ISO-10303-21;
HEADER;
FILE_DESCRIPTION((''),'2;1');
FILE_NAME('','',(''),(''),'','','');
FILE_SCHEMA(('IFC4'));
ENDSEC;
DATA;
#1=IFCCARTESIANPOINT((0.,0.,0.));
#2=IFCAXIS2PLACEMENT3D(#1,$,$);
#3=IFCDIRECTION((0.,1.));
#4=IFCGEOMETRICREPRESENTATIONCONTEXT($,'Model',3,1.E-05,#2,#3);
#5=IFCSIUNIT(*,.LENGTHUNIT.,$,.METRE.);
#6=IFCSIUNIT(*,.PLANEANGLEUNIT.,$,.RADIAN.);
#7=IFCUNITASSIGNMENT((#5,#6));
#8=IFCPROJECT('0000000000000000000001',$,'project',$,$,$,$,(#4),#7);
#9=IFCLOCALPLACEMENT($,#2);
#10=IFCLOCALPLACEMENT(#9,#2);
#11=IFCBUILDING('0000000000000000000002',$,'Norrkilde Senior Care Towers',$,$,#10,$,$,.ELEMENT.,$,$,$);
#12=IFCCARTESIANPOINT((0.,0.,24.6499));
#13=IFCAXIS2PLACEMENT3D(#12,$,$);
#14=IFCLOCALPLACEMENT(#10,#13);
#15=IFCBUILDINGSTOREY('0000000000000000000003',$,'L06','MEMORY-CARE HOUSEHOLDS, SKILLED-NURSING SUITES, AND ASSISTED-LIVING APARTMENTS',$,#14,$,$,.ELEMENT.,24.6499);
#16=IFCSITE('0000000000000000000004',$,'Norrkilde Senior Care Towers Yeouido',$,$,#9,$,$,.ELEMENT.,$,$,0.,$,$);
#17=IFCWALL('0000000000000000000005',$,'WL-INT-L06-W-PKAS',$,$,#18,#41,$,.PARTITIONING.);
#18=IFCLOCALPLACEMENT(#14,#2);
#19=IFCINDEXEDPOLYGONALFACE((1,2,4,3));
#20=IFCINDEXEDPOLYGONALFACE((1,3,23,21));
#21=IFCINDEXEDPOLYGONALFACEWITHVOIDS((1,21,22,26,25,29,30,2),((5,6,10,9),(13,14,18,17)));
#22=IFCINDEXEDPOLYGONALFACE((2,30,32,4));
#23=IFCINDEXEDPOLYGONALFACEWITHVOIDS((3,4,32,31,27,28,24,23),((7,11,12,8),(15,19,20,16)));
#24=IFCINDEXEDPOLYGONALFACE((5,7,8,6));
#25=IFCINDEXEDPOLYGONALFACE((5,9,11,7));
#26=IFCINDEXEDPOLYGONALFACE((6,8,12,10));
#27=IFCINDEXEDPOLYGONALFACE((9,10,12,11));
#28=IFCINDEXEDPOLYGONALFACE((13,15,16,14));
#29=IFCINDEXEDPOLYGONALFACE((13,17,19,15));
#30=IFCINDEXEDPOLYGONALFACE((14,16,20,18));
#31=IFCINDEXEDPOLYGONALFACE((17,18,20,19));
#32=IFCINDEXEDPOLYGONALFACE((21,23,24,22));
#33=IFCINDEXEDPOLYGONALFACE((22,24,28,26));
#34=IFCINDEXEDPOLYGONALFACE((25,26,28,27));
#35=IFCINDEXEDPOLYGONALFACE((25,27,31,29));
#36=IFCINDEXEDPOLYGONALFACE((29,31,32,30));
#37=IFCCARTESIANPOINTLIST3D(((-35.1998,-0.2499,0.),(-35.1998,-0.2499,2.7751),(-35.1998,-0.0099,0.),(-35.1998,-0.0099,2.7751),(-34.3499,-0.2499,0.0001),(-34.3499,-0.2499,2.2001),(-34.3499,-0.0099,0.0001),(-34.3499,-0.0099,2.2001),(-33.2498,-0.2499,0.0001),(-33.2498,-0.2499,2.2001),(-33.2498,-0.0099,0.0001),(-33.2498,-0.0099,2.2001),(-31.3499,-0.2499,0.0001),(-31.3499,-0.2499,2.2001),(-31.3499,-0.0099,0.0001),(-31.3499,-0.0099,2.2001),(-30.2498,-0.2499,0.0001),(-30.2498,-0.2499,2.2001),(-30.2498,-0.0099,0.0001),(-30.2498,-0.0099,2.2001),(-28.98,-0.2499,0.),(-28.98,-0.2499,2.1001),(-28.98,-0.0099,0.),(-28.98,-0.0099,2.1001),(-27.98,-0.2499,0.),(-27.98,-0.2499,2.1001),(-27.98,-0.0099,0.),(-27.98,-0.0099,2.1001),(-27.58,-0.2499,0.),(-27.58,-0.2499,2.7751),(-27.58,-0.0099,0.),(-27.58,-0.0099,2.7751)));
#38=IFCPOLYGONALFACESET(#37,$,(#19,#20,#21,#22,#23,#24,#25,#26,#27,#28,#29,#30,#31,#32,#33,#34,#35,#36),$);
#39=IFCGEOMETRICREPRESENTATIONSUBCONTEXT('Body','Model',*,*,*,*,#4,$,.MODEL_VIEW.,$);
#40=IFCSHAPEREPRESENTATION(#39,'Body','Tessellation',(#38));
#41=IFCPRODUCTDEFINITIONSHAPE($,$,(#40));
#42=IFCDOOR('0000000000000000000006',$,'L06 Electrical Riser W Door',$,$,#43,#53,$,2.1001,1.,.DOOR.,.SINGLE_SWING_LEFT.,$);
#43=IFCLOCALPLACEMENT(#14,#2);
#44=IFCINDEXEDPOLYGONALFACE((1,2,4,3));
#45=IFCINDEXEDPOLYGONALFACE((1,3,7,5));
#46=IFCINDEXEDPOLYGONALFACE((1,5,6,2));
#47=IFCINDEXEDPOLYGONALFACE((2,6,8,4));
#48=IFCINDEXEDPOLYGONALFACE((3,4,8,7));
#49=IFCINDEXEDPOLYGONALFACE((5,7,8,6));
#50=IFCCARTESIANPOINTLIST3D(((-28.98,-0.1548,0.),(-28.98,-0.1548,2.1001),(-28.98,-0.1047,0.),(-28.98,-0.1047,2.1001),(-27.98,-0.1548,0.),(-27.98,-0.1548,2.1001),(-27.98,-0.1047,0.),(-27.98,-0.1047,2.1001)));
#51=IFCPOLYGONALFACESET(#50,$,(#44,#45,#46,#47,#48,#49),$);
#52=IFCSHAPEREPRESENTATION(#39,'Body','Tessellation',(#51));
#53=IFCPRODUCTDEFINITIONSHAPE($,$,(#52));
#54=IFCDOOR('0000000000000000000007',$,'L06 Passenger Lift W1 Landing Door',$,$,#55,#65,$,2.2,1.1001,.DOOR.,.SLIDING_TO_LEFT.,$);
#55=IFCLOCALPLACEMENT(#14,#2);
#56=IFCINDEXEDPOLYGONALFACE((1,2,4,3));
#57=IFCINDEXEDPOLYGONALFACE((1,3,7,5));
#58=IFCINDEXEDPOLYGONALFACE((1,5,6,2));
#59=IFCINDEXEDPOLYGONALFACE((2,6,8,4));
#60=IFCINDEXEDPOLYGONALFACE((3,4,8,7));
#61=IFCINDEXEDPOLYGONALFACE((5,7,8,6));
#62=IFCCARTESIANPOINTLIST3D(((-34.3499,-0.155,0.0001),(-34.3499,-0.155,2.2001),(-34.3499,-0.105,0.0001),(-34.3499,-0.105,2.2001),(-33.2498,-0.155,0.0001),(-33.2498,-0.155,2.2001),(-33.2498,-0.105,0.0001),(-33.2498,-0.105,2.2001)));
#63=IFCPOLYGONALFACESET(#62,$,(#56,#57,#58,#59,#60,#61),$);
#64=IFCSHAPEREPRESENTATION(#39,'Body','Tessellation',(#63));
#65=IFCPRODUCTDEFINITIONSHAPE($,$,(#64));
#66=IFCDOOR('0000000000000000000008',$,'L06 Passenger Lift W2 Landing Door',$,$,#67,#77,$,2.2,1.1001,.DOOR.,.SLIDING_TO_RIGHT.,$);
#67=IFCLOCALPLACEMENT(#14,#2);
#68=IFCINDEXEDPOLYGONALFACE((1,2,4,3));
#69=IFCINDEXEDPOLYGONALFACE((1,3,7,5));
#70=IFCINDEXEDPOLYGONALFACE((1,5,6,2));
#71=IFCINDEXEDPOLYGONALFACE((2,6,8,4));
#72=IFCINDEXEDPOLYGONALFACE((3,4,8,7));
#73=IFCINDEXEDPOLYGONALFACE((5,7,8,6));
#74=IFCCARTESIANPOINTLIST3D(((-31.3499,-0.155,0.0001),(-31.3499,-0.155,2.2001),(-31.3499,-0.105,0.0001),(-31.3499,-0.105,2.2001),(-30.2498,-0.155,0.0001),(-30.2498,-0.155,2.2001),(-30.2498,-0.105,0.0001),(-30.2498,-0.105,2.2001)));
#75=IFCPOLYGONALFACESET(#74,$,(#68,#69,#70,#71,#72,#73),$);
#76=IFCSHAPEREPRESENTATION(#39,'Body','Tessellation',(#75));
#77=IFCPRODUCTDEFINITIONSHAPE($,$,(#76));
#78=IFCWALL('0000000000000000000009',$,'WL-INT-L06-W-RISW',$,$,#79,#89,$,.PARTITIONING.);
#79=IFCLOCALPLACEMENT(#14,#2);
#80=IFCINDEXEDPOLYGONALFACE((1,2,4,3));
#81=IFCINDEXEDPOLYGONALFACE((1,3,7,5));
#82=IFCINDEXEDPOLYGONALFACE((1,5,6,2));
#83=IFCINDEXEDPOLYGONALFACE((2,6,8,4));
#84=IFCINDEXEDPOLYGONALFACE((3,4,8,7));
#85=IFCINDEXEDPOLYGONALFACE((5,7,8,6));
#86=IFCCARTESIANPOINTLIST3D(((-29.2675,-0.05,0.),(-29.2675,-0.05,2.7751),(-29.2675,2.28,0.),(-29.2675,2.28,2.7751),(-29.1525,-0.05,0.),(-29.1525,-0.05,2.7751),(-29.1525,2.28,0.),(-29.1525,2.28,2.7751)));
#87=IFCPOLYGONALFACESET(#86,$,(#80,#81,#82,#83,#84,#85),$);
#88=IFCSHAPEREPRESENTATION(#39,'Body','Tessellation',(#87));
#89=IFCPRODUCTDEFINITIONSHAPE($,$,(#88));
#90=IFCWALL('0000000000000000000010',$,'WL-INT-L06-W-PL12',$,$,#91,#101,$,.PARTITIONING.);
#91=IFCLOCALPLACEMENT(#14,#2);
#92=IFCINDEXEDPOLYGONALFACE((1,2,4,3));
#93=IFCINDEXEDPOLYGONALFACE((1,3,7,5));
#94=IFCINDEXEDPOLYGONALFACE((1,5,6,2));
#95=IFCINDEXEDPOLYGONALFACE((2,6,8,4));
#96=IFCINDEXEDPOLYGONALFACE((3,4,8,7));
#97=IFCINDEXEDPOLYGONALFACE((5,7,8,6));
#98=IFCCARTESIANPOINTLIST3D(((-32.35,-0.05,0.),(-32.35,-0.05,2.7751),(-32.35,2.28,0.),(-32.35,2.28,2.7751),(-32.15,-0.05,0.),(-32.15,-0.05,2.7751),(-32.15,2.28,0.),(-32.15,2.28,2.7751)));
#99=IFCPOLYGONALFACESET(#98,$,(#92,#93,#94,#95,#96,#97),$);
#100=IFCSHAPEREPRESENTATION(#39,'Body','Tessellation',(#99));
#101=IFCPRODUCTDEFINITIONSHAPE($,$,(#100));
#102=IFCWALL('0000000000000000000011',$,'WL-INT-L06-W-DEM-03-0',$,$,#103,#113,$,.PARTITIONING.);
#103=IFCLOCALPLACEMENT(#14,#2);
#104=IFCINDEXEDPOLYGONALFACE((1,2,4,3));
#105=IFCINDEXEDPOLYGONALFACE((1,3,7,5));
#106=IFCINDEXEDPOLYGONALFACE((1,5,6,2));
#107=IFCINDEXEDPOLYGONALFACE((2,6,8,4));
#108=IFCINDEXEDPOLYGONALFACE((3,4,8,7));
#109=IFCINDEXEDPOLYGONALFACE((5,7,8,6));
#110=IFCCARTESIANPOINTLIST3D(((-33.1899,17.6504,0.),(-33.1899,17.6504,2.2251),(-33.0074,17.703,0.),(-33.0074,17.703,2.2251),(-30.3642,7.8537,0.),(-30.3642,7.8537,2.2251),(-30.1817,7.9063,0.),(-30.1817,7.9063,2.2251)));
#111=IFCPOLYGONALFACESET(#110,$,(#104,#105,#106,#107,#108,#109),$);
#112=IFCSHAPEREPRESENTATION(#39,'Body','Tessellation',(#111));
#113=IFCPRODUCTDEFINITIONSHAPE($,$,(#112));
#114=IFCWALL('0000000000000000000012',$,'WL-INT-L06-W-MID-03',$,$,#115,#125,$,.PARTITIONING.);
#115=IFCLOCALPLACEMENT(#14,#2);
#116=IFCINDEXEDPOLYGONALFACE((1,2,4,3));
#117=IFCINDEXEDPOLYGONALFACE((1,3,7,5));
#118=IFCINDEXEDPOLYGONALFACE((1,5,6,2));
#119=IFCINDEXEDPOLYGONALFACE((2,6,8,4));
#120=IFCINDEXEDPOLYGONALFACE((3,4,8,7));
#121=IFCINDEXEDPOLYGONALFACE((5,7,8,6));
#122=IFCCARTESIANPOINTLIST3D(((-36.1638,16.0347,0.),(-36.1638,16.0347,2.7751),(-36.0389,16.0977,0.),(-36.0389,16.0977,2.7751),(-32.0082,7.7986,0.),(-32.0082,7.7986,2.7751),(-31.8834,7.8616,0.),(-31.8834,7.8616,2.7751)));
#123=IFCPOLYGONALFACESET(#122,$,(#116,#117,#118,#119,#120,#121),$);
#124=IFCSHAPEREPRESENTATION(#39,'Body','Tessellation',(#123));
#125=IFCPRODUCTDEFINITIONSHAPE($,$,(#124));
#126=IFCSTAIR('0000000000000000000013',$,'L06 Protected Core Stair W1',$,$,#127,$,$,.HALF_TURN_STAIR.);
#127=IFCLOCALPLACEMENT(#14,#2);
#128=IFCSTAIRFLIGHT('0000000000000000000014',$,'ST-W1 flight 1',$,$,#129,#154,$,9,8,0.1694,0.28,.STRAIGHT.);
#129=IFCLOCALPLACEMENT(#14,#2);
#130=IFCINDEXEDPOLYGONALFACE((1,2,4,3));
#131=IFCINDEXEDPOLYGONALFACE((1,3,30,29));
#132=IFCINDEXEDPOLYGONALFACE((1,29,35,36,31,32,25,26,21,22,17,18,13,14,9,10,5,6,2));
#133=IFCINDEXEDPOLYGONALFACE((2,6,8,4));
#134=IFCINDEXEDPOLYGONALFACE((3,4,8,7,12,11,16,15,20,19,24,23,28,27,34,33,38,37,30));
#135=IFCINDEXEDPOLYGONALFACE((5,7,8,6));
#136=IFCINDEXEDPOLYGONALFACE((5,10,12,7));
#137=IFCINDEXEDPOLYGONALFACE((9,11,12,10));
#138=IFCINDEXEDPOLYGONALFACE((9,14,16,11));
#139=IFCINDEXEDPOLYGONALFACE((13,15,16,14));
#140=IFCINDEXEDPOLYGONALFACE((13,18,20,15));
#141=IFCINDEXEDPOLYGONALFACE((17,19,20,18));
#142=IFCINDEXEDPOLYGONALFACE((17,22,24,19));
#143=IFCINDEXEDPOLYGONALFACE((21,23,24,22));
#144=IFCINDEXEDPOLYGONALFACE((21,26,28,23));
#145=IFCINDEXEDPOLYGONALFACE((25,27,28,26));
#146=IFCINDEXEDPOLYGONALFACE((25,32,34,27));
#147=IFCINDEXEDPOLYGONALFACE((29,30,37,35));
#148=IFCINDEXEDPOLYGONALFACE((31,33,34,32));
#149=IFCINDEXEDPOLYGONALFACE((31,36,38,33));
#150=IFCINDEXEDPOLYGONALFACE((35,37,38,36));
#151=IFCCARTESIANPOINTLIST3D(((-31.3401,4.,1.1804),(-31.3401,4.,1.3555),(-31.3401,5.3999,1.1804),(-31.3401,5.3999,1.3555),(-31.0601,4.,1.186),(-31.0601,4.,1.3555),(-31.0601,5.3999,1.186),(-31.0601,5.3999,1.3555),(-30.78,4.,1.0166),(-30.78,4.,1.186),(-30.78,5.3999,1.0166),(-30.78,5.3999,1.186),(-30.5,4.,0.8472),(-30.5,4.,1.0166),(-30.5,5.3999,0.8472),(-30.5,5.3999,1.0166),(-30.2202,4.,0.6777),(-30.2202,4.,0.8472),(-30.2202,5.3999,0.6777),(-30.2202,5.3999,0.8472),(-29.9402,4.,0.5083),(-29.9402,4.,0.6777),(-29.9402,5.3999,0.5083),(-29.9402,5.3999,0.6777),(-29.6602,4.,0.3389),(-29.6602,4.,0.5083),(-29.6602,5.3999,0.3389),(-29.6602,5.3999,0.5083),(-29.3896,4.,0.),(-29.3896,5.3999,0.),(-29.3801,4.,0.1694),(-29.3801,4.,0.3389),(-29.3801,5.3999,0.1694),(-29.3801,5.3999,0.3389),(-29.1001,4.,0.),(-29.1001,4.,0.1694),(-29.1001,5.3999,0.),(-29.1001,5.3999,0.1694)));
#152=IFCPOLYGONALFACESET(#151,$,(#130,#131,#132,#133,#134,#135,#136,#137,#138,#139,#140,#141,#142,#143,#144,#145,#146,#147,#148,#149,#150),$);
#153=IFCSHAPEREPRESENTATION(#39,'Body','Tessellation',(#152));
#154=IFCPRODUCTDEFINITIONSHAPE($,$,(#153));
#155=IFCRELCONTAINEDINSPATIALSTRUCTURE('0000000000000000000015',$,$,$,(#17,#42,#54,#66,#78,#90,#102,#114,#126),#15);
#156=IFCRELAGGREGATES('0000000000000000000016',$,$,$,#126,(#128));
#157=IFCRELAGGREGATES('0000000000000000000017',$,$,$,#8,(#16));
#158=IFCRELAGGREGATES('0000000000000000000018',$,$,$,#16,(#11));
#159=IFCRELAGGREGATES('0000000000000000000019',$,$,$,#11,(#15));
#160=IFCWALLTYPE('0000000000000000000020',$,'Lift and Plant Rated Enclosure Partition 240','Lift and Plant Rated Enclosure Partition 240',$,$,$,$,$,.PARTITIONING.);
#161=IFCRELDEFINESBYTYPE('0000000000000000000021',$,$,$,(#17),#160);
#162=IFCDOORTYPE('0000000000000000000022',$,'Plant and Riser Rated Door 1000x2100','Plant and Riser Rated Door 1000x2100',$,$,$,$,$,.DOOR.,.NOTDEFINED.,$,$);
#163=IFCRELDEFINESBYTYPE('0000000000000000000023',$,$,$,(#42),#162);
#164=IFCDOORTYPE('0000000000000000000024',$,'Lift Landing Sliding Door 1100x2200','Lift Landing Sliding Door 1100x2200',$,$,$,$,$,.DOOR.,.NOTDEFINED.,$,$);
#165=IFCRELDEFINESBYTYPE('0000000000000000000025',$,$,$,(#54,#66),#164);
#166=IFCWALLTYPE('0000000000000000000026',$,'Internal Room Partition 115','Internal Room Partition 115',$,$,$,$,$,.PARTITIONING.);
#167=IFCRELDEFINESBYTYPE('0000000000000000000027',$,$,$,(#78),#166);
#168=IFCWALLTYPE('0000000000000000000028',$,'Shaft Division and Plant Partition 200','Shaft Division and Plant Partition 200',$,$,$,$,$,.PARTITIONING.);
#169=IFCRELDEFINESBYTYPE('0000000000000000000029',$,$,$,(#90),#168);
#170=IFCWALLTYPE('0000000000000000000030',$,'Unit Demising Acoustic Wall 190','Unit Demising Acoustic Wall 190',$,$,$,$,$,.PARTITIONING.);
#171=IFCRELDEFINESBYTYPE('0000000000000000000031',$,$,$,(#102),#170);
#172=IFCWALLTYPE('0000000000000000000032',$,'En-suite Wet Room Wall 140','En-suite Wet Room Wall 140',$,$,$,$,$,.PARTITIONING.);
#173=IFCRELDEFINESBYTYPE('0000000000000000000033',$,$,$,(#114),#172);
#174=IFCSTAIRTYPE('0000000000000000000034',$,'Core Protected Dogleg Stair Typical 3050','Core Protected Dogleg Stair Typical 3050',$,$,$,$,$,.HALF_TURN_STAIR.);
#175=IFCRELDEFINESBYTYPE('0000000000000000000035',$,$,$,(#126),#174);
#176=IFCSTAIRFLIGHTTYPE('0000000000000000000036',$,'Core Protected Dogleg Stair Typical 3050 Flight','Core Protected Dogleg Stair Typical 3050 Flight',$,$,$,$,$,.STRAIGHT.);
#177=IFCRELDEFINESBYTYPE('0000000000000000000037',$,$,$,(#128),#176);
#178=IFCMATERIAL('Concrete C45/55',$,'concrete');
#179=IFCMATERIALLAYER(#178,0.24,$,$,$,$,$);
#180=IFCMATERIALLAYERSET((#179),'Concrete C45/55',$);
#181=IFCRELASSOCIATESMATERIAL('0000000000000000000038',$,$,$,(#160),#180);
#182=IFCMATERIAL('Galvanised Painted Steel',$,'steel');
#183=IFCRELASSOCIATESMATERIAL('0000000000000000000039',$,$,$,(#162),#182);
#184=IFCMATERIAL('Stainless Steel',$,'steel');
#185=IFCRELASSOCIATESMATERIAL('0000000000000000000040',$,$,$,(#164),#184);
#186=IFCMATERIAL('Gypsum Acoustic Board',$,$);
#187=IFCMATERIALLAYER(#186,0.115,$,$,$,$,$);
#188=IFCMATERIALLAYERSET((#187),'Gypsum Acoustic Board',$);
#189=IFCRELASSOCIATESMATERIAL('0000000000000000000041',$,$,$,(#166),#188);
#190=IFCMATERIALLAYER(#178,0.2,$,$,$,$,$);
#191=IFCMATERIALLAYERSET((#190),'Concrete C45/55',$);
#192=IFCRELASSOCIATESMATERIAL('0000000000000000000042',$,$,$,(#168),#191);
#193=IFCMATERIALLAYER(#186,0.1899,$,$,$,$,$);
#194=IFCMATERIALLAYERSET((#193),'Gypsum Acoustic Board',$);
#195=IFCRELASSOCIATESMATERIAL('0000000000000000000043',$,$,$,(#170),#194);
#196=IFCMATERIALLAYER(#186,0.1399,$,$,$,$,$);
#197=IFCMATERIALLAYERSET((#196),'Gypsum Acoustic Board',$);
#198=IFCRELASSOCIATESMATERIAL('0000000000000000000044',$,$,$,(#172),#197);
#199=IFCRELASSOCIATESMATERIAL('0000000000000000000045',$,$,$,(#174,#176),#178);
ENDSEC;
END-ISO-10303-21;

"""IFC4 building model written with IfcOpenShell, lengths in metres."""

from ifc_helpers import new_model, si_unit, direction, frame, frame_2d, origin, place, context, subcontext, project, spatial, polyline, rectangle, outline, extrude, source, transform, mapped, material, layer, layer_set, type_object, type_shapes, element, fill, aggregate, save


model = new_model("IFC4")

# Units and contexts
model_context = context("Model", 3, precision=1e-05, world=origin(), true_north=direction((0.0, 1.0)))
body_context = subcontext(model_context, "Body", "Model", "MODEL_VIEW")
ifc_project = project(units=[si_unit("LENGTHUNIT", "METRE"), si_unit("PLANEANGLEUNIT", "RADIAN")], contexts=[model_context])

# Site, building, storey
site_placement = place(None, origin())
site = spatial("IfcSite", under=ifc_project, at=site_placement, Name="Norrkilde Senior Care Towers Yeouido", CompositionType="ELEMENT", RefElevation=0.0)
building_placement = place(site_placement, origin())
building = spatial("IfcBuilding", under=site, at=building_placement, Name="Norrkilde Senior Care Towers", CompositionType="ELEMENT")
storey_placement = place(building_placement, frame((0.0, 0.0, 24.6499)))
storey = spatial("IfcBuildingStorey", under=building, at=storey_placement, Name="L06", Description="MEMORY-CARE HOUSEHOLDS, SKILLED-NURSING SUITES, AND ASSISTED-LIVING APARTMENTS", CompositionType="ELEMENT", Elevation=24.6499)

# Shared definitions
ifc_material_1 = material(Name="Concrete C45/55", Category="concrete")

# Wall, openings, doors
ifc_layer_1 = layer(ifc_material_1, 0.24)
ifc_layer_set_1 = layer_set([ifc_layer_1], Name="Concrete C45/55")
wall_type_1 = type_object("IfcWallType", Name="Lift and Plant Rated Enclosure Partition 240", Description="Lift and Plant Rated Enclosure Partition 240", PredefinedType="PARTITIONING", material=ifc_layer_set_1)
shared_shape_1 = source(origin(), body_context, "Body", "SweptSolid", [
    extrude(rectangle(XDim=7.6199, YDim=0.24, at=frame_2d((3.8101, 0.0))), origin(), (0.0, 0.0, 1.0), 2.7751),
])
type_shapes(wall_type_1, [shared_shape_1])
wall_1_placement = place(storey_placement, frame((-35.2, -0.1299, 0.0), z_axis=(0.0, 0.0, 1.0), x_axis=(1.0, 0.0, 0.0)))
wall_1 = element("IfcWall", 1, at=wall_1_placement, inside=storey, type_object=wall_type_1, Name="WL-INT-L06-W-PKAS", PredefinedType="PARTITIONING", context=body_context, shape_type="MappedRepresentation", body=[
    mapped(shared_shape_1, transform((0.0, 0.0, 0.0), x_axis=(1.0, 0.0, 0.0), y_axis=(0.0, 1.0, 0.0), z_axis=(0.0, 0.0, 1.0), scale=1.0)),
])
opening_1_placement = place(wall_1_placement, frame((6.22, 0.0, 0.0)))
opening_1 = element("IfcOpeningElement", 2, at=opening_1_placement, cuts=wall_1, PredefinedType="OPENING", context=body_context, shape_type="SweptSolid", body=[
    extrude(rectangle(XDim=1.0, YDim=2.1001, at=frame_2d((0.5, 1.05))), frame((0.0, 0.1299, 0.0), z_axis=(0.0, -1.0, 0.0), x_axis=(1.0, 0.0, 0.0)), (0.0, 0.0, 1.0), 0.26),
])
opening_2_placement = place(wall_1_placement, frame((0.8501, 0.0, 0.0)))
opening_2 = element("IfcOpeningElement", 3, at=opening_2_placement, cuts=wall_1, PredefinedType="OPENING", context=body_context, shape_type="SweptSolid", body=[
    extrude(rectangle(XDim=1.1001, YDim=2.2, at=frame_2d((0.55, 1.1001))), frame((0.0, 0.1299, 0.0), z_axis=(0.0, -1.0, 0.0), x_axis=(1.0, 0.0, 0.0)), (0.0, 0.0, 1.0), 0.26),
])
opening_3_placement = place(wall_1_placement, frame((3.8501, 0.0, 0.0)))
opening_3 = element("IfcOpeningElement", 4, at=opening_3_placement, cuts=wall_1, PredefinedType="OPENING", context=body_context, shape_type="SweptSolid", body=[
    extrude(rectangle(XDim=1.1001, YDim=2.2, at=frame_2d((0.55, 1.1001))), frame((0.0, 0.1299, 0.0), z_axis=(0.0, -1.0, 0.0), x_axis=(1.0, 0.0, 0.0)), (0.0, 0.0, 1.0), 0.26),
])
ifc_material_2 = material(Name="Galvanised Painted Steel", Category="steel")
door_type_1 = type_object("IfcDoorType", Name="Plant and Riser Rated Door 1000x2100", Description="Plant and Riser Rated Door 1000x2100", OperationType="NOTDEFINED", PredefinedType="DOOR", material=ifc_material_2)
shared_shape_2 = source(origin(), body_context, "Body", "SweptSolid", [
    extrude(rectangle(XDim=1.0, YDim=2.1001, at=frame_2d((0.5, 1.05))), frame((0.0, 0.0249, 0.0), z_axis=(0.0, -1.0, 0.0), x_axis=(1.0, 0.0, 0.0)), (0.0, 0.0, 1.0), 0.05),
])
type_shapes(door_type_1, [shared_shape_2])
door_1_placement = place(opening_1_placement, frame((1.0, 0.0, 0.0), z_axis=(0.0, 0.0, 1.0), x_axis=(-1.0, 0.0, 0.0)))
door_1 = element("IfcDoor", 5, at=door_1_placement, inside=storey, type_object=door_type_1, Name="L06 Electrical Riser W Door", OperationType="SINGLE_SWING_LEFT", OverallHeight=2.1001, OverallWidth=1.0, PredefinedType="DOOR", context=body_context, shape_type="MappedRepresentation", body=[
    mapped(shared_shape_2, transform((0.0, 0.0, 0.0), x_axis=(1.0, 0.0, 0.0), y_axis=(0.0, 1.0, 0.0), z_axis=(0.0, 0.0, 1.0), scale=1.0)),
])
fill(opening_1, door_1)
ifc_material_3 = material(Name="Stainless Steel", Category="steel")
door_type_2 = type_object("IfcDoorType", Name="Lift Landing Sliding Door 1100x2200", Description="Lift Landing Sliding Door 1100x2200", OperationType="NOTDEFINED", PredefinedType="DOOR", material=ifc_material_3)
shared_shape_3 = source(origin(), body_context, "Body", "SweptSolid", [
    extrude(rectangle(XDim=1.1001, YDim=2.2, at=frame_2d((0.55, 1.1001))), frame((0.0, 0.0249, 0.0), z_axis=(0.0, -1.0, 0.0), x_axis=(1.0, 0.0, 0.0)), (0.0, 0.0, 1.0), 0.05),
])
type_shapes(door_type_2, [shared_shape_3])
door_2_placement = place(opening_2_placement, origin())
door_2 = element("IfcDoor", 6, at=door_2_placement, inside=storey, type_object=door_type_2, Name="L06 Passenger Lift W1 Landing Door", OperationType="SLIDING_TO_LEFT", OverallHeight=2.2, OverallWidth=1.1001, PredefinedType="DOOR", context=body_context, shape_type="MappedRepresentation", body=[
    mapped(shared_shape_3, transform((0.0, 0.0, 0.0), x_axis=(1.0, 0.0, 0.0), y_axis=(0.0, 1.0, 0.0), z_axis=(0.0, 0.0, 1.0), scale=1.0)),
])
fill(opening_2, door_2)
door_3_placement = place(opening_3_placement, origin())
door_3 = element("IfcDoor", 7, at=door_3_placement, inside=storey, type_object=door_type_2, Name="L06 Passenger Lift W2 Landing Door", OperationType="SLIDING_TO_RIGHT", OverallHeight=2.2, OverallWidth=1.1001, PredefinedType="DOOR", context=body_context, shape_type="MappedRepresentation", body=[
    mapped(shared_shape_3, transform((0.0, 0.0, 0.0), x_axis=(1.0, 0.0, 0.0), y_axis=(0.0, 1.0, 0.0), z_axis=(0.0, 0.0, 1.0), scale=1.0)),
])
fill(opening_3, door_3)

# Walls
ifc_material_4 = material(Name="Gypsum Acoustic Board")
ifc_layer_2 = layer(ifc_material_4, 0.115)
ifc_layer_set_2 = layer_set([ifc_layer_2], Name="Gypsum Acoustic Board")
wall_type_2 = type_object("IfcWallType", Name="Internal Room Partition 115", Description="Internal Room Partition 115", PredefinedType="PARTITIONING", material=ifc_layer_set_2)
shared_shape_4 = source(origin(), body_context, "Body", "SweptSolid", [
    extrude(rectangle(XDim=2.3301, YDim=0.115, at=frame_2d((1.165, 0.0))), origin(), (0.0, 0.0, 1.0), 2.7751),
])
type_shapes(wall_type_2, [shared_shape_4])
wall_2_placement = place(storey_placement, frame((-29.21, -0.05, 0.0), z_axis=(0.0, 0.0, 1.0), x_axis=(0.0, 1.0, 0.0)))
element("IfcWall", 8, at=wall_2_placement, inside=storey, type_object=wall_type_2, Name="WL-INT-L06-W-RISW", PredefinedType="PARTITIONING", context=body_context, shape_type="MappedRepresentation", body=[
    mapped(shared_shape_4, transform((0.0, 0.0, 0.0), x_axis=(1.0, 0.0, 0.0), y_axis=(0.0, 1.0, 0.0), z_axis=(0.0, 0.0, 1.0), scale=1.0)),
])
ifc_layer_3 = layer(ifc_material_1, 0.2)
ifc_layer_set_3 = layer_set([ifc_layer_3], Name="Concrete C45/55")
wall_type_3 = type_object("IfcWallType", Name="Shaft Division and Plant Partition 200", Description="Shaft Division and Plant Partition 200", PredefinedType="PARTITIONING", material=ifc_layer_set_3)
shared_shape_5 = source(origin(), body_context, "Body", "SweptSolid", [
    extrude(rectangle(XDim=2.3301, YDim=0.2, at=frame_2d((1.165, 0.0))), origin(), (0.0, 0.0, 1.0), 2.7751),
])
type_shapes(wall_type_3, [shared_shape_5])
wall_3_placement = place(storey_placement, frame((-32.25, -0.05, 0.0), z_axis=(0.0, 0.0, 1.0), x_axis=(0.0, 1.0, 0.0)))
element("IfcWall", 9, at=wall_3_placement, inside=storey, type_object=wall_type_3, Name="WL-INT-L06-W-PL12", PredefinedType="PARTITIONING", context=body_context, shape_type="MappedRepresentation", body=[
    mapped(shared_shape_5, transform((0.0, 0.0, 0.0), x_axis=(1.0, 0.0, 0.0), y_axis=(0.0, 1.0, 0.0), z_axis=(0.0, 0.0, 1.0), scale=1.0)),
])
ifc_layer_4 = layer(ifc_material_4, 0.1899)
ifc_layer_set_4 = layer_set([ifc_layer_4], Name="Gypsum Acoustic Board")
wall_type_4 = type_object("IfcWallType", Name="Unit Demising Acoustic Wall 190", Description="Unit Demising Acoustic Wall 190", PredefinedType="PARTITIONING", material=ifc_layer_set_4)
shared_shape_6 = source(origin(), body_context, "Body", "SweptSolid", [
    extrude(rectangle(XDim=10.196, YDim=0.1899, at=frame_2d((5.0981, 0.0))), origin(), (0.0, 0.0, 1.0), 2.2251),
])
type_shapes(wall_type_4, [shared_shape_6])
wall_4_placement = place(storey_placement, frame((-30.2729, 7.8799, 0.0), z_axis=(0.0, 0.0, 1.0), x_axis=(-0.277136, 0.960831, 0.0)))
element("IfcWall", 10, at=wall_4_placement, inside=storey, type_object=wall_type_4, Name="WL-INT-L06-W-DEM-03-0", PredefinedType="PARTITIONING", context=body_context, shape_type="MappedRepresentation", body=[
    mapped(shared_shape_6, transform((0.0, 0.0, 0.0), x_axis=(1.0, 0.0, 0.0), y_axis=(0.0, 1.0, 0.0), z_axis=(0.0, 0.0, 1.0), scale=1.0)),
])
ifc_layer_5 = layer(ifc_material_4, 0.1399)
ifc_layer_set_5 = layer_set([ifc_layer_5], Name="Gypsum Acoustic Board")
wall_type_5 = type_object("IfcWallType", Name="En-suite Wet Room Wall 140", Description="En-suite Wet Room Wall 140", PredefinedType="PARTITIONING", material=ifc_layer_set_5)
shared_shape_7 = source(origin(), body_context, "Body", "SweptSolid", [
    extrude(rectangle(XDim=9.2251, YDim=0.1399, at=frame_2d((4.6125, 0.0))), origin(), (0.0, 0.0, 1.0), 2.7751),
])
type_shapes(wall_type_5, [shared_shape_7])
wall_5_placement = place(storey_placement, frame((-31.9458, 7.8301, 0.0), z_axis=(0.0, 0.0, 1.0), x_axis=(-0.450461, 0.892796, 0.0)))
element("IfcWall", 11, at=wall_5_placement, inside=storey, type_object=wall_type_5, Name="WL-INT-L06-W-MID-03", PredefinedType="PARTITIONING", context=body_context, shape_type="MappedRepresentation", body=[
    mapped(shared_shape_7, transform((0.0, 0.0, 0.0), x_axis=(1.0, 0.0, 0.0), y_axis=(0.0, 1.0, 0.0), z_axis=(0.0, 0.0, 1.0), scale=1.0)),
])

# Stair, stair flight
stair_type = type_object("IfcStairType", Name="Core Protected Dogleg Stair Typical 3050", Description="Core Protected Dogleg Stair Typical 3050", PredefinedType="HALF_TURN_STAIR", material=ifc_material_1)
stair_placement = place(storey_placement, origin())
stair = element("IfcStair", 12, at=stair_placement, inside=storey, type_object=stair_type, Name="L06 Protected Core Stair W1", PredefinedType="HALF_TURN_STAIR")
stair_flight_type = type_object("IfcStairFlightType", Name="Core Protected Dogleg Stair Typical 3050 Flight", Description="Core Protected Dogleg Stair Typical 3050 Flight", PredefinedType="STRAIGHT", material=ifc_material_1)
stair_flight_1_placement = place(storey_placement, frame((-29.1001, 4.7, 0.0), z_axis=(0.0, 0.0, 1.0), x_axis=(-1.0, 0.0, 0.0)))
stair_flight_1 = element("IfcStairFlight", 13, at=stair_flight_1_placement, type_object=stair_flight_type, Name="ST-W1 flight 1", NumberOfRisers=9, NumberOfTreads=8, PredefinedType="STRAIGHT", RiserHeight=0.1694, TreadLength=0.28, context=body_context, shape_type="SweptSolid", body=[
    extrude(outline(polyline([(0.0, 0.0), (0.0, 0.1694), (0.28, 0.1694), (0.28, 0.3389), (0.5601, 0.3389), (0.5601, 0.5083), (0.8401, 0.5083), (0.8401, 0.6777), (1.1201, 0.6777), (1.1201, 0.8472), (1.3999, 0.8472), (1.3999, 1.0166), (1.6799, 1.0166), (1.6799, 1.186), (1.96, 1.186), (1.96, 1.3555), (2.24, 1.3555), (2.24, 1.5249), (2.24, 1.1804), (0.2896, 0.0), (0.0, 0.0)])), frame((0.0, 0.7, 0.0), z_axis=(0.0, -1.0, 0.0), x_axis=(1.0, 0.0, 0.0)), (0.0, 0.0, 1.0), 1.3999),
])
aggregate(stair, [stair_flight_1])

save(model, "model.ifc")
